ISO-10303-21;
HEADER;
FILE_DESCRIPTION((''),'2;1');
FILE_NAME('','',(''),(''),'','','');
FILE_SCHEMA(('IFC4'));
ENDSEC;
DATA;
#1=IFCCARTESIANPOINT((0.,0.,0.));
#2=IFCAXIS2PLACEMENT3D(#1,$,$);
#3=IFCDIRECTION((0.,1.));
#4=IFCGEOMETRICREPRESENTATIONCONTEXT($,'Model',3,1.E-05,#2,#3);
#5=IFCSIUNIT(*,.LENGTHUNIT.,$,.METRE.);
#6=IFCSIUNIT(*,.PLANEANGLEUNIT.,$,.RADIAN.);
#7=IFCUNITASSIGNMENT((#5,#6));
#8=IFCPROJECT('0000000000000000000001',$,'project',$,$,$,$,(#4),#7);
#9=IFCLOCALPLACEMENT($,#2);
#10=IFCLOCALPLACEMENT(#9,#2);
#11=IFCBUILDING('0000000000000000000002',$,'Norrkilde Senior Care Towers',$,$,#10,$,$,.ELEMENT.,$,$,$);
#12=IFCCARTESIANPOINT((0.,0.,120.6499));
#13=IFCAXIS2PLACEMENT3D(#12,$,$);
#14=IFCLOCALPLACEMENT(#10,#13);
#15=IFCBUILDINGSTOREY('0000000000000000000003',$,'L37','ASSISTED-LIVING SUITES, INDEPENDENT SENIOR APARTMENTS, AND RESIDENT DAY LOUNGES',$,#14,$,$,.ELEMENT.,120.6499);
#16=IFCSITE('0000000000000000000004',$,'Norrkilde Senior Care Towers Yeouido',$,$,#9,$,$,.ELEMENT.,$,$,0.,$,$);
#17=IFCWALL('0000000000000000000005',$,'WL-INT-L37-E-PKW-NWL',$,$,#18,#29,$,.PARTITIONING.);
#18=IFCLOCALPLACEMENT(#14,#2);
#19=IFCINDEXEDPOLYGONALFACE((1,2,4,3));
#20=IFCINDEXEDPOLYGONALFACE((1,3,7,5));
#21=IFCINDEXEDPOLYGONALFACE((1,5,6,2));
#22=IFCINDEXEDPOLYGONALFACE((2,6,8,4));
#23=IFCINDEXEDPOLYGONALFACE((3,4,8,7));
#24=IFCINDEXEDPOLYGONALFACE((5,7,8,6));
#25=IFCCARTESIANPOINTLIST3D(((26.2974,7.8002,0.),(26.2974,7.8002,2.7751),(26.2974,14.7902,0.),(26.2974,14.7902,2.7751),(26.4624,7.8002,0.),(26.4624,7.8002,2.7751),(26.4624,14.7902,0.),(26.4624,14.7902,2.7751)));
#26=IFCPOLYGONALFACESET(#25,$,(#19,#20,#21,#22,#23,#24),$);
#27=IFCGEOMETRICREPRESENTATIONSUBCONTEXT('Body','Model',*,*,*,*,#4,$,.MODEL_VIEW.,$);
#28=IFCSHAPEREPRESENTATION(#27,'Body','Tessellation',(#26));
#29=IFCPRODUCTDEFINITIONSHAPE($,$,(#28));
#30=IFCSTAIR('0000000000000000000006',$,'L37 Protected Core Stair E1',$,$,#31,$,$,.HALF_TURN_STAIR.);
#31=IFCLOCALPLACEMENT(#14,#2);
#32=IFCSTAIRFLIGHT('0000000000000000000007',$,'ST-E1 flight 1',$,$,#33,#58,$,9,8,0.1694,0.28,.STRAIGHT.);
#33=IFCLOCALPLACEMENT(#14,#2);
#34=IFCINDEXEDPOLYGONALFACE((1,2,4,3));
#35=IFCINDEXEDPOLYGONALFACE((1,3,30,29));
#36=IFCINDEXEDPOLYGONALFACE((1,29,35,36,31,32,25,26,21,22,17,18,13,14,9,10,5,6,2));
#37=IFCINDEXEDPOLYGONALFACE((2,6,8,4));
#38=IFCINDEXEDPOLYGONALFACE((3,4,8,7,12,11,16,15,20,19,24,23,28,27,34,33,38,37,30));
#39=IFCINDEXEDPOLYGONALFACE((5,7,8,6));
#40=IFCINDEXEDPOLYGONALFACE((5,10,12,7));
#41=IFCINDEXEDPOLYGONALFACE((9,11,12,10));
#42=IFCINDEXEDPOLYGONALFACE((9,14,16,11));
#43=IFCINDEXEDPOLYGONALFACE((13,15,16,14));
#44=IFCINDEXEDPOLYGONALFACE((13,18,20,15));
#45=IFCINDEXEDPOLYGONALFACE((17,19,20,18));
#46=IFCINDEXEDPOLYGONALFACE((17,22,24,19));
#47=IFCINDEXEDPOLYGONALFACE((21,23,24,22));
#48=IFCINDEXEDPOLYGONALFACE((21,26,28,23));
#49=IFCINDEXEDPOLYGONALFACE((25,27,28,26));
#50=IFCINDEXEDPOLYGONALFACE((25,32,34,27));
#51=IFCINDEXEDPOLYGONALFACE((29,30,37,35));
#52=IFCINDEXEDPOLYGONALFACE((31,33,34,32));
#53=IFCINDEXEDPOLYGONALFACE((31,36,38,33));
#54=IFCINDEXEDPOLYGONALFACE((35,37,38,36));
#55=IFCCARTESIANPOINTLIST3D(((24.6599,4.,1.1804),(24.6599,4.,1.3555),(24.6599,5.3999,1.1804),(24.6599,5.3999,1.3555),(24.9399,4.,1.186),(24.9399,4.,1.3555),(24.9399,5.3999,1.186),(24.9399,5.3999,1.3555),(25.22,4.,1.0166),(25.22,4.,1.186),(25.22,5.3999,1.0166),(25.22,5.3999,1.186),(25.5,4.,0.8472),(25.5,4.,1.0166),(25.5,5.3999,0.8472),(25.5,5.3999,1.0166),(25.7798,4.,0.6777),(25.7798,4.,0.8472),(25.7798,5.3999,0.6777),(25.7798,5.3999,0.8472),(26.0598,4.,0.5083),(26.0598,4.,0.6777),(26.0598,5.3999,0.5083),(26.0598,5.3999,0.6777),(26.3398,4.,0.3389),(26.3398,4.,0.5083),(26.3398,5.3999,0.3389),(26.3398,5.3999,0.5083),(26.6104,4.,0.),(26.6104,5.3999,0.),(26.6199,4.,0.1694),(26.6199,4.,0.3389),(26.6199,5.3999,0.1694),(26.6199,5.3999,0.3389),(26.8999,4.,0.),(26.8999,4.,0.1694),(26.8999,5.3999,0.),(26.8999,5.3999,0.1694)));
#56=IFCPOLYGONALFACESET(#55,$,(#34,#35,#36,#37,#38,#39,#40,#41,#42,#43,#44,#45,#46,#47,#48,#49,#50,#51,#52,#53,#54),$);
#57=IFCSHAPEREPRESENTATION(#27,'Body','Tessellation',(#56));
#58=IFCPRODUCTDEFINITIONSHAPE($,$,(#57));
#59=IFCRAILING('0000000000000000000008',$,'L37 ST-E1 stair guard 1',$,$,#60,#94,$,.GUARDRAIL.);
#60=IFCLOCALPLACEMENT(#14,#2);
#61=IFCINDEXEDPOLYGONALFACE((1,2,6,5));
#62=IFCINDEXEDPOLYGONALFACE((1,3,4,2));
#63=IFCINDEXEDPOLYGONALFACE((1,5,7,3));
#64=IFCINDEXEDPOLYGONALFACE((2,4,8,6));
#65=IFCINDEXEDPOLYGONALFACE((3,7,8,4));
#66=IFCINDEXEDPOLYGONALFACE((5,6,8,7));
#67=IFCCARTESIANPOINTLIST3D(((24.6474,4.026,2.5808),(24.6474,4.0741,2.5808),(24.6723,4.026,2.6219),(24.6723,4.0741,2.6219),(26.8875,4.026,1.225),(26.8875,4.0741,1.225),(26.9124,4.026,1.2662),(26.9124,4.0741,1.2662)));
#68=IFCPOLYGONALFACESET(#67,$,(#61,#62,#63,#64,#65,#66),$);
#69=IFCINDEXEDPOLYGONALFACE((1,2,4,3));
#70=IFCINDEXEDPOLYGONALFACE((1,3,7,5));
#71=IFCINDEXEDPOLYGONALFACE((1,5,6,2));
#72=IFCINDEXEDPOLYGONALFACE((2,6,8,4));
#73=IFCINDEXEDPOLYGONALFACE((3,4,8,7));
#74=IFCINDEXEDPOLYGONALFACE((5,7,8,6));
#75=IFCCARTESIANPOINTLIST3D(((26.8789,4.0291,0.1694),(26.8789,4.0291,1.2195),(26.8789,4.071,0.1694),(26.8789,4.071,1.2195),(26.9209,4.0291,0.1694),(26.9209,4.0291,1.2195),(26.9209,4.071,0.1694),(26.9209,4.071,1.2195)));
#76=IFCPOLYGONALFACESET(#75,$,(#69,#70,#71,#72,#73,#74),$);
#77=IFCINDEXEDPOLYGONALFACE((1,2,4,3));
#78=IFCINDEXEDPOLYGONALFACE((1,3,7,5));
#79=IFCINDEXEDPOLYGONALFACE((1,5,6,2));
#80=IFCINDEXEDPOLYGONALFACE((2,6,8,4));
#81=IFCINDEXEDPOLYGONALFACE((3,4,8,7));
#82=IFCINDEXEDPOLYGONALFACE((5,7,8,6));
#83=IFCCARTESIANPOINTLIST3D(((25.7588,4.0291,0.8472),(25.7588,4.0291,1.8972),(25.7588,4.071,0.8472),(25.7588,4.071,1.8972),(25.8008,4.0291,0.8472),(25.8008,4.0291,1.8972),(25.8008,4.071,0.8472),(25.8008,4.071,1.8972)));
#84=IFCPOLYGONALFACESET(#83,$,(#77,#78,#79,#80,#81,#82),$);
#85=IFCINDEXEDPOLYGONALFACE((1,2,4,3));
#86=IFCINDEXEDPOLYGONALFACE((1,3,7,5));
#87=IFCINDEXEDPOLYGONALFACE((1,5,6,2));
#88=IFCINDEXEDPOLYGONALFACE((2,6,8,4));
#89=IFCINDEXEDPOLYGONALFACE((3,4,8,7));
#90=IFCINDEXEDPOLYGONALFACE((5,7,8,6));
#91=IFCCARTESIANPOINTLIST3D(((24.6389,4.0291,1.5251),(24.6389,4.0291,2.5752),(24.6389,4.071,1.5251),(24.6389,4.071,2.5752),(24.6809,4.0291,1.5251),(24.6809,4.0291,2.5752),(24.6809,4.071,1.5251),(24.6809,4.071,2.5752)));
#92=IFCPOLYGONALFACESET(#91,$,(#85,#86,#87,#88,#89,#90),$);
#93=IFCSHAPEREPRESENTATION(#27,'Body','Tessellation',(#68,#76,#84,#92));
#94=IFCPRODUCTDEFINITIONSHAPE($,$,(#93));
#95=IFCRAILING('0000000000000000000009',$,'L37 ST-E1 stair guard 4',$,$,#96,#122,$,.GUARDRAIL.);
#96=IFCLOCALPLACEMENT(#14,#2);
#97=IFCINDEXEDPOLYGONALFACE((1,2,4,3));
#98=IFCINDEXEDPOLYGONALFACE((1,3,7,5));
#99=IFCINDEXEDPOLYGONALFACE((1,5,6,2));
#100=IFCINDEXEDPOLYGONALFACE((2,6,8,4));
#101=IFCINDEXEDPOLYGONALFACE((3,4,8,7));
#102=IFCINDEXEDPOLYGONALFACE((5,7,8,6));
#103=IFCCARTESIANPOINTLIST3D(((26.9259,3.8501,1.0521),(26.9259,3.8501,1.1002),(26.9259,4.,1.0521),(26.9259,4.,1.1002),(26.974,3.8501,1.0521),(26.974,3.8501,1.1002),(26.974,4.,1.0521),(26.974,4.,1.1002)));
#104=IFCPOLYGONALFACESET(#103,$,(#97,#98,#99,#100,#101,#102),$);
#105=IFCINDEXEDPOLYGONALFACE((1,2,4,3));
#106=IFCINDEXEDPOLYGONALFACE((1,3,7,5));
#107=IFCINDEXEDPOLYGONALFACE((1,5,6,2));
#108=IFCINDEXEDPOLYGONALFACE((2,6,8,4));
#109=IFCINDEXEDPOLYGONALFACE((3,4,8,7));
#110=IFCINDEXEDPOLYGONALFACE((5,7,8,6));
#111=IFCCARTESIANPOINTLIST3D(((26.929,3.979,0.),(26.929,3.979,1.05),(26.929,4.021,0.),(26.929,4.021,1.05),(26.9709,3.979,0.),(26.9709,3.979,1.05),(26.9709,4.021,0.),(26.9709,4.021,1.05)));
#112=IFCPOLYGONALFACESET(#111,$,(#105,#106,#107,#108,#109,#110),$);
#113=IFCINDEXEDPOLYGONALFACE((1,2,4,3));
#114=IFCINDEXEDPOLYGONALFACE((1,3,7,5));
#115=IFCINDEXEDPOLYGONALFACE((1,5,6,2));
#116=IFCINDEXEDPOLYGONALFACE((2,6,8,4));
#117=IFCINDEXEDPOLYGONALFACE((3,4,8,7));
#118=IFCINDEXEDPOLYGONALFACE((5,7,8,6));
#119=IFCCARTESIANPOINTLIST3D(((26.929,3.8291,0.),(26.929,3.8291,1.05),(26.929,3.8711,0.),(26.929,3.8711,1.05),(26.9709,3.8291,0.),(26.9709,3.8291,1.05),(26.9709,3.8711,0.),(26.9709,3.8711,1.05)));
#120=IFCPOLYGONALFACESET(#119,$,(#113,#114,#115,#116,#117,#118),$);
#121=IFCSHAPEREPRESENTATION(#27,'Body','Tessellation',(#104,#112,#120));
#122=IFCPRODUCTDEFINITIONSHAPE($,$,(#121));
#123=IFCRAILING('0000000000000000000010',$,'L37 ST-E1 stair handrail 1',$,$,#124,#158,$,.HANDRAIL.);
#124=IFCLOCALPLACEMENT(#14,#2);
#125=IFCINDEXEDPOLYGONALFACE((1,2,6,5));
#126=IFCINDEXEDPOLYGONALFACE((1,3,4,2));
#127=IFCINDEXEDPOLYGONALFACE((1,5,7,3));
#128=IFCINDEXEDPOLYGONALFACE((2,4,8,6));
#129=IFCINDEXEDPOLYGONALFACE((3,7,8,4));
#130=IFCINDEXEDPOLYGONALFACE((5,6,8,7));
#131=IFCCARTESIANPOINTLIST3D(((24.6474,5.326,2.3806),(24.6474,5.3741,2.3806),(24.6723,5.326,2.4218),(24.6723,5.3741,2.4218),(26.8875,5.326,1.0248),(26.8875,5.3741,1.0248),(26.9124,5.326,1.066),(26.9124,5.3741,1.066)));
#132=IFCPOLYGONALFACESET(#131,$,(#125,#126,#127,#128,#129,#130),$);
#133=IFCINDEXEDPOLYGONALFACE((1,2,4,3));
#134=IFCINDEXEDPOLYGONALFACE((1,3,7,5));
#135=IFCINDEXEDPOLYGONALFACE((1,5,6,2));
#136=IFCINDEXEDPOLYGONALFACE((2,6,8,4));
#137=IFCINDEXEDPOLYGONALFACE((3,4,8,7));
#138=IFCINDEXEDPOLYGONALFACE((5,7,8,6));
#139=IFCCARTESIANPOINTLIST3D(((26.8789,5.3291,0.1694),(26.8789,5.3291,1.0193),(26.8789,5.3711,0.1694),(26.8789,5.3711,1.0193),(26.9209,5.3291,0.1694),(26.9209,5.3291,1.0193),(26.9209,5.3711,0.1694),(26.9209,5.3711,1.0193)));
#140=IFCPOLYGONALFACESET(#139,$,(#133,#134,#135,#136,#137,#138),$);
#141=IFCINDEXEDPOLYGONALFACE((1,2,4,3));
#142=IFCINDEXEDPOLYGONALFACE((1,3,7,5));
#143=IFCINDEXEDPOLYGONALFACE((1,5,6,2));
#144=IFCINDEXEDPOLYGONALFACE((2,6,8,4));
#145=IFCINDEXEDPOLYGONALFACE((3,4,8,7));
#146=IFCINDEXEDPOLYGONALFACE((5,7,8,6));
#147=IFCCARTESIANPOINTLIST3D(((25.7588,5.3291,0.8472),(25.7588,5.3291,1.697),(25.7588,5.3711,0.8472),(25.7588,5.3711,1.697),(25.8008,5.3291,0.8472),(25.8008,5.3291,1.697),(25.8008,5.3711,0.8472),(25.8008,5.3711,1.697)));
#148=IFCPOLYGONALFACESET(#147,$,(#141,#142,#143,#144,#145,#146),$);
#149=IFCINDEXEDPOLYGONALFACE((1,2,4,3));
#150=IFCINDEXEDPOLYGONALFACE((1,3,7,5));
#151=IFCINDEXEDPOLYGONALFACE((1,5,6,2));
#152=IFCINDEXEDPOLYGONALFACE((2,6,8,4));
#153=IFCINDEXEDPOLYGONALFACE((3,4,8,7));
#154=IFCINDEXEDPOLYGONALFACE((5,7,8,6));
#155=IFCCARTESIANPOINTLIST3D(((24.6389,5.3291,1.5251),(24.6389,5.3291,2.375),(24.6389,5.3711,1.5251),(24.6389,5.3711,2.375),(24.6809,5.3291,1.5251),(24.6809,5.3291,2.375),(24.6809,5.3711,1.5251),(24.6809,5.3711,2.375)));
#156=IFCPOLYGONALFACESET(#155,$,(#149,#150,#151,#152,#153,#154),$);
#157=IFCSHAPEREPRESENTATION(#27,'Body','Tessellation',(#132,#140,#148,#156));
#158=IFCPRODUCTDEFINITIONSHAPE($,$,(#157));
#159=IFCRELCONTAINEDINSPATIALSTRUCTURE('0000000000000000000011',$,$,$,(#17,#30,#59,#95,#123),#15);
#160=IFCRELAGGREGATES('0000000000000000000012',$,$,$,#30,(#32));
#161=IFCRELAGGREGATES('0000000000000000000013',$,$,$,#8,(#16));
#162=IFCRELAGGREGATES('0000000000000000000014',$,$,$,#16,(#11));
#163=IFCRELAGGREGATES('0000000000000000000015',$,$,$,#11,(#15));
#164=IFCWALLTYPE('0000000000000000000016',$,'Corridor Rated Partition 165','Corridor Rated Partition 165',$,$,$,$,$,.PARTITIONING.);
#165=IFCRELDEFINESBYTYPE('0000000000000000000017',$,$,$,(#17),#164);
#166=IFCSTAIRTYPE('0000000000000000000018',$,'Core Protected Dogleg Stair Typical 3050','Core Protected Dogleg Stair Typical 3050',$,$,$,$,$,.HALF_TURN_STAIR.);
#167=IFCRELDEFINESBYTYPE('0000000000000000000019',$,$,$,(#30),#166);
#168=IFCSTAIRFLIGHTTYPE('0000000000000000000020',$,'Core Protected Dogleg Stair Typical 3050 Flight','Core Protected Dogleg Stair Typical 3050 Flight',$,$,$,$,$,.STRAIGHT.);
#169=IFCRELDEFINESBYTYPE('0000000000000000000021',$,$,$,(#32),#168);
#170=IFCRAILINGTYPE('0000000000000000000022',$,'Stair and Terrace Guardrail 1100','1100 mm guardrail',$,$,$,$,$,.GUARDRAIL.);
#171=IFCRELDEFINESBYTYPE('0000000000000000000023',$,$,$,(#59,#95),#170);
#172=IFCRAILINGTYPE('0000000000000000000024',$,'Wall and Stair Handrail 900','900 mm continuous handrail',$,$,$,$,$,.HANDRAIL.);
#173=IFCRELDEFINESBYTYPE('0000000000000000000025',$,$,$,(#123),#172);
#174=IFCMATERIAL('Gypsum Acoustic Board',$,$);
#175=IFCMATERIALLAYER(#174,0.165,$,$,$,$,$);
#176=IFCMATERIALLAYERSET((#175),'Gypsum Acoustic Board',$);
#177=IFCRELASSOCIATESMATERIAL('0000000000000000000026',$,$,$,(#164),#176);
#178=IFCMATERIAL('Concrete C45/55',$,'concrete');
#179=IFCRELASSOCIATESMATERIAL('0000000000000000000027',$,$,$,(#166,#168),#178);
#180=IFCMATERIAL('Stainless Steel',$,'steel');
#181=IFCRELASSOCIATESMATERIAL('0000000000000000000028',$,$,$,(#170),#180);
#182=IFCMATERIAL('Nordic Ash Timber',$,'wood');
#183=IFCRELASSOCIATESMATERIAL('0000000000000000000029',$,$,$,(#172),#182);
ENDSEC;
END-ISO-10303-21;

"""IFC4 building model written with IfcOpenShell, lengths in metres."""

from ifc_helpers import new_model, si_unit, direction, frame, frame_2d, origin, origin_2d, place, context, subcontext, project, spatial, polyline, rectangle, outline, extrude, source, transform, mapped, material, layer, layer_set, type_object, element, aggregate, save


model = new_model("IFC4")

# Units and contexts
model_context = context("Model", 3, precision=1e-05, world=origin(), true_north=direction((0.0, 1.0)))
body_context = subcontext(model_context, "Body", "Model", "MODEL_VIEW")
ifc_project = project(units=[si_unit("LENGTHUNIT", "METRE"), si_unit("PLANEANGLEUNIT", "RADIAN")], contexts=[model_context])

# Site, building, storey
site_placement = place(None, origin())
site = spatial("IfcSite", under=ifc_project, at=site_placement, Name="Norrkilde Senior Care Towers Yeouido", CompositionType="ELEMENT", RefElevation=0.0)
building_placement = place(site_placement, origin())
building = spatial("IfcBuilding", under=site, at=building_placement, Name="Norrkilde Senior Care Towers", CompositionType="ELEMENT")
storey_placement = place(building_placement, frame((0.0, 0.0, 120.6499)))
storey = spatial("IfcBuildingStorey", under=building, at=storey_placement, Name="L37", Description="ASSISTED-LIVING SUITES, INDEPENDENT SENIOR APARTMENTS, AND RESIDENT DAY LOUNGES", CompositionType="ELEMENT", Elevation=120.6499)

# Shared definitions
ifc_material_1 = material(Name="Concrete C45/55", Category="concrete")
ifc_material_2 = material(Name="Stainless Steel", Category="steel")

# Shared definitions
ifc_material_3 = material(Name="Gypsum Acoustic Board")

# Shared definitions
ifc_layer_1 = layer(ifc_material_3, 0.165)
ifc_layer_set_1 = layer_set([ifc_layer_1], Name="Gypsum Acoustic Board")
wall_type_1 = type_object("IfcWallType", Name="Corridor Rated Partition 165", Description="Corridor Rated Partition 165", PredefinedType="PARTITIONING", material=ifc_layer_set_1)
ifc_material_4 = material(Name="Nordic Ash Timber", Category="wood")

# Wall
shared_shape_1 = source(origin(), body_context, "Body", "SweptSolid", [
    extrude(rectangle(XDim=6.99, YDim=0.165, at=frame_2d((3.4951, 0.0))), origin(), (0.0, 0.0, 1.0), 2.7751),
])
wall_1_placement = place(storey_placement, frame((26.3799, 7.8, 0.0), z_axis=(0.0, 0.0, 1.0), x_axis=(0.0, 1.0, 0.0)))
element("IfcWall", 1, at=wall_1_placement, inside=storey, type_object=wall_type_1, Name="WL-INT-L37-E-PKW-NWL", PredefinedType="PARTITIONING", context=body_context, shape_type="MappedRepresentation", body=[
    mapped(shared_shape_1, transform((0.0, 0.0, 0.0), x_axis=(1.0, 0.0, 0.0), y_axis=(0.0, 1.0, 0.0), z_axis=(0.0, 0.0, 1.0), scale=1.0)),
])

# Stair, stair flight
stair_type = type_object("IfcStairType", Name="Core Protected Dogleg Stair Typical 3050", Description="Core Protected Dogleg Stair Typical 3050", PredefinedType="HALF_TURN_STAIR", material=ifc_material_1)
stair_placement = place(storey_placement, origin())
stair = element("IfcStair", 2, at=stair_placement, inside=storey, type_object=stair_type, Name="L37 Protected Core Stair E1", PredefinedType="HALF_TURN_STAIR")
stair_flight_type = type_object("IfcStairFlightType", Name="Core Protected Dogleg Stair Typical 3050 Flight", Description="Core Protected Dogleg Stair Typical 3050 Flight", PredefinedType="STRAIGHT", material=ifc_material_1)
stair_flight_placement = place(storey_placement, frame((26.8999, 4.7, 0.0), z_axis=(0.0, 0.0, 1.0), x_axis=(-1.0, 0.0, 0.0)))
stair_flight = element("IfcStairFlight", 3, at=stair_flight_placement, type_object=stair_flight_type, Name="ST-E1 flight 1", NumberOfRisers=9, NumberOfTreads=8, PredefinedType="STRAIGHT", RiserHeight=0.1694, TreadLength=0.28, context=body_context, shape_type="SweptSolid", body=[
    extrude(outline(polyline([(0.0, 0.0), (0.0, 0.1694), (0.28, 0.1694), (0.28, 0.3389), (0.5601, 0.3389), (0.5601, 0.5083), (0.8401, 0.5083), (0.8401, 0.6777), (1.1201, 0.6777), (1.1201, 0.8472), (1.3999, 0.8472), (1.3999, 1.0166), (1.6799, 1.0166), (1.6799, 1.186), (1.96, 1.186), (1.96, 1.3555), (2.24, 1.3555), (2.24, 1.5249), (2.24, 1.1804), (0.2896, 0.0), (0.0, 0.0)])), frame((0.0, 0.7, 0.0), z_axis=(0.0, -1.0, 0.0), x_axis=(1.0, 0.0, 0.0)), (0.0, 0.0, 1.0), 1.3999),
])
aggregate(stair, [stair_flight])

# Railings
railing_type_1 = type_object("IfcRailingType", Name="Stair and Terrace Guardrail 1100", Description="1100 mm guardrail", PredefinedType="GUARDRAIL", material=ifc_material_2)
railing_1_placement = place(storey_placement, frame((26.8999, 4.05, 0.1694)))
element("IfcRailing", 4, at=railing_1_placement, inside=storey, type_object=railing_type_1, Name="L37 ST-E1 stair guard 1", PredefinedType="GUARDRAIL", context=body_context, shape_type="SweptSolid", body=[
    extrude(rectangle(XDim=0.0481, YDim=0.0481, at=origin_2d()), frame((0.0, 0.0, 1.0762), z_axis=(-0.855512, 0.0, 0.517783), x_axis=(0.0, -1.0, 0.0)), (0.0, 0.0, 1.0), 2.6184),
    extrude(rectangle(XDim=0.042, YDim=0.042, at=origin_2d()), origin(), (0.0, 0.0, 1.0), 1.05),
    extrude(rectangle(XDim=0.042, YDim=0.042, at=origin_2d()), frame((-1.1201, 0.0, 0.6777)), (0.0, 0.0, 1.0), 1.05),
    extrude(rectangle(XDim=0.042, YDim=0.042, at=origin_2d()), frame((-2.24, 0.0, 1.3557)), (0.0, 0.0, 1.0), 1.05),
])
railing_2_placement = place(storey_placement, frame((26.95, 4.0, 0.0)))
element("IfcRailing", 5, at=railing_2_placement, inside=storey, type_object=railing_type_1, Name="L37 ST-E1 stair guard 4", PredefinedType="GUARDRAIL", context=body_context, shape_type="SweptSolid", body=[
    extrude(rectangle(XDim=0.0481, YDim=0.0481, at=origin_2d()), frame((0.0, 0.0, 1.0762), z_axis=(0.0, -1.0, 0.0), x_axis=(1.0, 0.0, 0.0)), (0.0, 0.0, 1.0), 0.1499),
    extrude(rectangle(XDim=0.042, YDim=0.042, at=origin_2d()), origin(), (0.0, 0.0, 1.0), 1.05),
    extrude(rectangle(XDim=0.042, YDim=0.042, at=origin_2d()), frame((0.0, -0.1499, 0.0)), (0.0, 0.0, 1.0), 1.05),
])
railing_type_2 = type_object("IfcRailingType", Name="Wall and Stair Handrail 900", Description="900 mm continuous handrail", PredefinedType="HANDRAIL", material=ifc_material_4)
railing_3_placement = place(storey_placement, frame((26.8999, 5.3501, 0.1694)))
element("IfcRailing", 6, at=railing_3_placement, inside=storey, type_object=railing_type_2, Name="L37 ST-E1 stair handrail 1", PredefinedType="HANDRAIL", context=body_context, shape_type="SweptSolid", body=[
    extrude(rectangle(XDim=0.0481, YDim=0.0481, at=origin_2d()), frame((0.0, 0.0, 0.876), z_axis=(-0.855512, 0.0, 0.517783), x_axis=(0.0, -1.0, 0.0)), (0.0, 0.0, 1.0), 2.6184),
    extrude(rectangle(XDim=0.042, YDim=0.042, at=origin_2d()), origin(), (0.0, 0.0, 1.0), 0.8499),
    extrude(rectangle(XDim=0.042, YDim=0.042, at=origin_2d()), frame((-1.1201, 0.0, 0.6777)), (0.0, 0.0, 1.0), 0.8499),
    extrude(rectangle(XDim=0.042, YDim=0.042, at=origin_2d()), frame((-2.24, 0.0, 1.3557)), (0.0, 0.0, 1.0), 0.8499),
])

save(model, "model.ifc")
